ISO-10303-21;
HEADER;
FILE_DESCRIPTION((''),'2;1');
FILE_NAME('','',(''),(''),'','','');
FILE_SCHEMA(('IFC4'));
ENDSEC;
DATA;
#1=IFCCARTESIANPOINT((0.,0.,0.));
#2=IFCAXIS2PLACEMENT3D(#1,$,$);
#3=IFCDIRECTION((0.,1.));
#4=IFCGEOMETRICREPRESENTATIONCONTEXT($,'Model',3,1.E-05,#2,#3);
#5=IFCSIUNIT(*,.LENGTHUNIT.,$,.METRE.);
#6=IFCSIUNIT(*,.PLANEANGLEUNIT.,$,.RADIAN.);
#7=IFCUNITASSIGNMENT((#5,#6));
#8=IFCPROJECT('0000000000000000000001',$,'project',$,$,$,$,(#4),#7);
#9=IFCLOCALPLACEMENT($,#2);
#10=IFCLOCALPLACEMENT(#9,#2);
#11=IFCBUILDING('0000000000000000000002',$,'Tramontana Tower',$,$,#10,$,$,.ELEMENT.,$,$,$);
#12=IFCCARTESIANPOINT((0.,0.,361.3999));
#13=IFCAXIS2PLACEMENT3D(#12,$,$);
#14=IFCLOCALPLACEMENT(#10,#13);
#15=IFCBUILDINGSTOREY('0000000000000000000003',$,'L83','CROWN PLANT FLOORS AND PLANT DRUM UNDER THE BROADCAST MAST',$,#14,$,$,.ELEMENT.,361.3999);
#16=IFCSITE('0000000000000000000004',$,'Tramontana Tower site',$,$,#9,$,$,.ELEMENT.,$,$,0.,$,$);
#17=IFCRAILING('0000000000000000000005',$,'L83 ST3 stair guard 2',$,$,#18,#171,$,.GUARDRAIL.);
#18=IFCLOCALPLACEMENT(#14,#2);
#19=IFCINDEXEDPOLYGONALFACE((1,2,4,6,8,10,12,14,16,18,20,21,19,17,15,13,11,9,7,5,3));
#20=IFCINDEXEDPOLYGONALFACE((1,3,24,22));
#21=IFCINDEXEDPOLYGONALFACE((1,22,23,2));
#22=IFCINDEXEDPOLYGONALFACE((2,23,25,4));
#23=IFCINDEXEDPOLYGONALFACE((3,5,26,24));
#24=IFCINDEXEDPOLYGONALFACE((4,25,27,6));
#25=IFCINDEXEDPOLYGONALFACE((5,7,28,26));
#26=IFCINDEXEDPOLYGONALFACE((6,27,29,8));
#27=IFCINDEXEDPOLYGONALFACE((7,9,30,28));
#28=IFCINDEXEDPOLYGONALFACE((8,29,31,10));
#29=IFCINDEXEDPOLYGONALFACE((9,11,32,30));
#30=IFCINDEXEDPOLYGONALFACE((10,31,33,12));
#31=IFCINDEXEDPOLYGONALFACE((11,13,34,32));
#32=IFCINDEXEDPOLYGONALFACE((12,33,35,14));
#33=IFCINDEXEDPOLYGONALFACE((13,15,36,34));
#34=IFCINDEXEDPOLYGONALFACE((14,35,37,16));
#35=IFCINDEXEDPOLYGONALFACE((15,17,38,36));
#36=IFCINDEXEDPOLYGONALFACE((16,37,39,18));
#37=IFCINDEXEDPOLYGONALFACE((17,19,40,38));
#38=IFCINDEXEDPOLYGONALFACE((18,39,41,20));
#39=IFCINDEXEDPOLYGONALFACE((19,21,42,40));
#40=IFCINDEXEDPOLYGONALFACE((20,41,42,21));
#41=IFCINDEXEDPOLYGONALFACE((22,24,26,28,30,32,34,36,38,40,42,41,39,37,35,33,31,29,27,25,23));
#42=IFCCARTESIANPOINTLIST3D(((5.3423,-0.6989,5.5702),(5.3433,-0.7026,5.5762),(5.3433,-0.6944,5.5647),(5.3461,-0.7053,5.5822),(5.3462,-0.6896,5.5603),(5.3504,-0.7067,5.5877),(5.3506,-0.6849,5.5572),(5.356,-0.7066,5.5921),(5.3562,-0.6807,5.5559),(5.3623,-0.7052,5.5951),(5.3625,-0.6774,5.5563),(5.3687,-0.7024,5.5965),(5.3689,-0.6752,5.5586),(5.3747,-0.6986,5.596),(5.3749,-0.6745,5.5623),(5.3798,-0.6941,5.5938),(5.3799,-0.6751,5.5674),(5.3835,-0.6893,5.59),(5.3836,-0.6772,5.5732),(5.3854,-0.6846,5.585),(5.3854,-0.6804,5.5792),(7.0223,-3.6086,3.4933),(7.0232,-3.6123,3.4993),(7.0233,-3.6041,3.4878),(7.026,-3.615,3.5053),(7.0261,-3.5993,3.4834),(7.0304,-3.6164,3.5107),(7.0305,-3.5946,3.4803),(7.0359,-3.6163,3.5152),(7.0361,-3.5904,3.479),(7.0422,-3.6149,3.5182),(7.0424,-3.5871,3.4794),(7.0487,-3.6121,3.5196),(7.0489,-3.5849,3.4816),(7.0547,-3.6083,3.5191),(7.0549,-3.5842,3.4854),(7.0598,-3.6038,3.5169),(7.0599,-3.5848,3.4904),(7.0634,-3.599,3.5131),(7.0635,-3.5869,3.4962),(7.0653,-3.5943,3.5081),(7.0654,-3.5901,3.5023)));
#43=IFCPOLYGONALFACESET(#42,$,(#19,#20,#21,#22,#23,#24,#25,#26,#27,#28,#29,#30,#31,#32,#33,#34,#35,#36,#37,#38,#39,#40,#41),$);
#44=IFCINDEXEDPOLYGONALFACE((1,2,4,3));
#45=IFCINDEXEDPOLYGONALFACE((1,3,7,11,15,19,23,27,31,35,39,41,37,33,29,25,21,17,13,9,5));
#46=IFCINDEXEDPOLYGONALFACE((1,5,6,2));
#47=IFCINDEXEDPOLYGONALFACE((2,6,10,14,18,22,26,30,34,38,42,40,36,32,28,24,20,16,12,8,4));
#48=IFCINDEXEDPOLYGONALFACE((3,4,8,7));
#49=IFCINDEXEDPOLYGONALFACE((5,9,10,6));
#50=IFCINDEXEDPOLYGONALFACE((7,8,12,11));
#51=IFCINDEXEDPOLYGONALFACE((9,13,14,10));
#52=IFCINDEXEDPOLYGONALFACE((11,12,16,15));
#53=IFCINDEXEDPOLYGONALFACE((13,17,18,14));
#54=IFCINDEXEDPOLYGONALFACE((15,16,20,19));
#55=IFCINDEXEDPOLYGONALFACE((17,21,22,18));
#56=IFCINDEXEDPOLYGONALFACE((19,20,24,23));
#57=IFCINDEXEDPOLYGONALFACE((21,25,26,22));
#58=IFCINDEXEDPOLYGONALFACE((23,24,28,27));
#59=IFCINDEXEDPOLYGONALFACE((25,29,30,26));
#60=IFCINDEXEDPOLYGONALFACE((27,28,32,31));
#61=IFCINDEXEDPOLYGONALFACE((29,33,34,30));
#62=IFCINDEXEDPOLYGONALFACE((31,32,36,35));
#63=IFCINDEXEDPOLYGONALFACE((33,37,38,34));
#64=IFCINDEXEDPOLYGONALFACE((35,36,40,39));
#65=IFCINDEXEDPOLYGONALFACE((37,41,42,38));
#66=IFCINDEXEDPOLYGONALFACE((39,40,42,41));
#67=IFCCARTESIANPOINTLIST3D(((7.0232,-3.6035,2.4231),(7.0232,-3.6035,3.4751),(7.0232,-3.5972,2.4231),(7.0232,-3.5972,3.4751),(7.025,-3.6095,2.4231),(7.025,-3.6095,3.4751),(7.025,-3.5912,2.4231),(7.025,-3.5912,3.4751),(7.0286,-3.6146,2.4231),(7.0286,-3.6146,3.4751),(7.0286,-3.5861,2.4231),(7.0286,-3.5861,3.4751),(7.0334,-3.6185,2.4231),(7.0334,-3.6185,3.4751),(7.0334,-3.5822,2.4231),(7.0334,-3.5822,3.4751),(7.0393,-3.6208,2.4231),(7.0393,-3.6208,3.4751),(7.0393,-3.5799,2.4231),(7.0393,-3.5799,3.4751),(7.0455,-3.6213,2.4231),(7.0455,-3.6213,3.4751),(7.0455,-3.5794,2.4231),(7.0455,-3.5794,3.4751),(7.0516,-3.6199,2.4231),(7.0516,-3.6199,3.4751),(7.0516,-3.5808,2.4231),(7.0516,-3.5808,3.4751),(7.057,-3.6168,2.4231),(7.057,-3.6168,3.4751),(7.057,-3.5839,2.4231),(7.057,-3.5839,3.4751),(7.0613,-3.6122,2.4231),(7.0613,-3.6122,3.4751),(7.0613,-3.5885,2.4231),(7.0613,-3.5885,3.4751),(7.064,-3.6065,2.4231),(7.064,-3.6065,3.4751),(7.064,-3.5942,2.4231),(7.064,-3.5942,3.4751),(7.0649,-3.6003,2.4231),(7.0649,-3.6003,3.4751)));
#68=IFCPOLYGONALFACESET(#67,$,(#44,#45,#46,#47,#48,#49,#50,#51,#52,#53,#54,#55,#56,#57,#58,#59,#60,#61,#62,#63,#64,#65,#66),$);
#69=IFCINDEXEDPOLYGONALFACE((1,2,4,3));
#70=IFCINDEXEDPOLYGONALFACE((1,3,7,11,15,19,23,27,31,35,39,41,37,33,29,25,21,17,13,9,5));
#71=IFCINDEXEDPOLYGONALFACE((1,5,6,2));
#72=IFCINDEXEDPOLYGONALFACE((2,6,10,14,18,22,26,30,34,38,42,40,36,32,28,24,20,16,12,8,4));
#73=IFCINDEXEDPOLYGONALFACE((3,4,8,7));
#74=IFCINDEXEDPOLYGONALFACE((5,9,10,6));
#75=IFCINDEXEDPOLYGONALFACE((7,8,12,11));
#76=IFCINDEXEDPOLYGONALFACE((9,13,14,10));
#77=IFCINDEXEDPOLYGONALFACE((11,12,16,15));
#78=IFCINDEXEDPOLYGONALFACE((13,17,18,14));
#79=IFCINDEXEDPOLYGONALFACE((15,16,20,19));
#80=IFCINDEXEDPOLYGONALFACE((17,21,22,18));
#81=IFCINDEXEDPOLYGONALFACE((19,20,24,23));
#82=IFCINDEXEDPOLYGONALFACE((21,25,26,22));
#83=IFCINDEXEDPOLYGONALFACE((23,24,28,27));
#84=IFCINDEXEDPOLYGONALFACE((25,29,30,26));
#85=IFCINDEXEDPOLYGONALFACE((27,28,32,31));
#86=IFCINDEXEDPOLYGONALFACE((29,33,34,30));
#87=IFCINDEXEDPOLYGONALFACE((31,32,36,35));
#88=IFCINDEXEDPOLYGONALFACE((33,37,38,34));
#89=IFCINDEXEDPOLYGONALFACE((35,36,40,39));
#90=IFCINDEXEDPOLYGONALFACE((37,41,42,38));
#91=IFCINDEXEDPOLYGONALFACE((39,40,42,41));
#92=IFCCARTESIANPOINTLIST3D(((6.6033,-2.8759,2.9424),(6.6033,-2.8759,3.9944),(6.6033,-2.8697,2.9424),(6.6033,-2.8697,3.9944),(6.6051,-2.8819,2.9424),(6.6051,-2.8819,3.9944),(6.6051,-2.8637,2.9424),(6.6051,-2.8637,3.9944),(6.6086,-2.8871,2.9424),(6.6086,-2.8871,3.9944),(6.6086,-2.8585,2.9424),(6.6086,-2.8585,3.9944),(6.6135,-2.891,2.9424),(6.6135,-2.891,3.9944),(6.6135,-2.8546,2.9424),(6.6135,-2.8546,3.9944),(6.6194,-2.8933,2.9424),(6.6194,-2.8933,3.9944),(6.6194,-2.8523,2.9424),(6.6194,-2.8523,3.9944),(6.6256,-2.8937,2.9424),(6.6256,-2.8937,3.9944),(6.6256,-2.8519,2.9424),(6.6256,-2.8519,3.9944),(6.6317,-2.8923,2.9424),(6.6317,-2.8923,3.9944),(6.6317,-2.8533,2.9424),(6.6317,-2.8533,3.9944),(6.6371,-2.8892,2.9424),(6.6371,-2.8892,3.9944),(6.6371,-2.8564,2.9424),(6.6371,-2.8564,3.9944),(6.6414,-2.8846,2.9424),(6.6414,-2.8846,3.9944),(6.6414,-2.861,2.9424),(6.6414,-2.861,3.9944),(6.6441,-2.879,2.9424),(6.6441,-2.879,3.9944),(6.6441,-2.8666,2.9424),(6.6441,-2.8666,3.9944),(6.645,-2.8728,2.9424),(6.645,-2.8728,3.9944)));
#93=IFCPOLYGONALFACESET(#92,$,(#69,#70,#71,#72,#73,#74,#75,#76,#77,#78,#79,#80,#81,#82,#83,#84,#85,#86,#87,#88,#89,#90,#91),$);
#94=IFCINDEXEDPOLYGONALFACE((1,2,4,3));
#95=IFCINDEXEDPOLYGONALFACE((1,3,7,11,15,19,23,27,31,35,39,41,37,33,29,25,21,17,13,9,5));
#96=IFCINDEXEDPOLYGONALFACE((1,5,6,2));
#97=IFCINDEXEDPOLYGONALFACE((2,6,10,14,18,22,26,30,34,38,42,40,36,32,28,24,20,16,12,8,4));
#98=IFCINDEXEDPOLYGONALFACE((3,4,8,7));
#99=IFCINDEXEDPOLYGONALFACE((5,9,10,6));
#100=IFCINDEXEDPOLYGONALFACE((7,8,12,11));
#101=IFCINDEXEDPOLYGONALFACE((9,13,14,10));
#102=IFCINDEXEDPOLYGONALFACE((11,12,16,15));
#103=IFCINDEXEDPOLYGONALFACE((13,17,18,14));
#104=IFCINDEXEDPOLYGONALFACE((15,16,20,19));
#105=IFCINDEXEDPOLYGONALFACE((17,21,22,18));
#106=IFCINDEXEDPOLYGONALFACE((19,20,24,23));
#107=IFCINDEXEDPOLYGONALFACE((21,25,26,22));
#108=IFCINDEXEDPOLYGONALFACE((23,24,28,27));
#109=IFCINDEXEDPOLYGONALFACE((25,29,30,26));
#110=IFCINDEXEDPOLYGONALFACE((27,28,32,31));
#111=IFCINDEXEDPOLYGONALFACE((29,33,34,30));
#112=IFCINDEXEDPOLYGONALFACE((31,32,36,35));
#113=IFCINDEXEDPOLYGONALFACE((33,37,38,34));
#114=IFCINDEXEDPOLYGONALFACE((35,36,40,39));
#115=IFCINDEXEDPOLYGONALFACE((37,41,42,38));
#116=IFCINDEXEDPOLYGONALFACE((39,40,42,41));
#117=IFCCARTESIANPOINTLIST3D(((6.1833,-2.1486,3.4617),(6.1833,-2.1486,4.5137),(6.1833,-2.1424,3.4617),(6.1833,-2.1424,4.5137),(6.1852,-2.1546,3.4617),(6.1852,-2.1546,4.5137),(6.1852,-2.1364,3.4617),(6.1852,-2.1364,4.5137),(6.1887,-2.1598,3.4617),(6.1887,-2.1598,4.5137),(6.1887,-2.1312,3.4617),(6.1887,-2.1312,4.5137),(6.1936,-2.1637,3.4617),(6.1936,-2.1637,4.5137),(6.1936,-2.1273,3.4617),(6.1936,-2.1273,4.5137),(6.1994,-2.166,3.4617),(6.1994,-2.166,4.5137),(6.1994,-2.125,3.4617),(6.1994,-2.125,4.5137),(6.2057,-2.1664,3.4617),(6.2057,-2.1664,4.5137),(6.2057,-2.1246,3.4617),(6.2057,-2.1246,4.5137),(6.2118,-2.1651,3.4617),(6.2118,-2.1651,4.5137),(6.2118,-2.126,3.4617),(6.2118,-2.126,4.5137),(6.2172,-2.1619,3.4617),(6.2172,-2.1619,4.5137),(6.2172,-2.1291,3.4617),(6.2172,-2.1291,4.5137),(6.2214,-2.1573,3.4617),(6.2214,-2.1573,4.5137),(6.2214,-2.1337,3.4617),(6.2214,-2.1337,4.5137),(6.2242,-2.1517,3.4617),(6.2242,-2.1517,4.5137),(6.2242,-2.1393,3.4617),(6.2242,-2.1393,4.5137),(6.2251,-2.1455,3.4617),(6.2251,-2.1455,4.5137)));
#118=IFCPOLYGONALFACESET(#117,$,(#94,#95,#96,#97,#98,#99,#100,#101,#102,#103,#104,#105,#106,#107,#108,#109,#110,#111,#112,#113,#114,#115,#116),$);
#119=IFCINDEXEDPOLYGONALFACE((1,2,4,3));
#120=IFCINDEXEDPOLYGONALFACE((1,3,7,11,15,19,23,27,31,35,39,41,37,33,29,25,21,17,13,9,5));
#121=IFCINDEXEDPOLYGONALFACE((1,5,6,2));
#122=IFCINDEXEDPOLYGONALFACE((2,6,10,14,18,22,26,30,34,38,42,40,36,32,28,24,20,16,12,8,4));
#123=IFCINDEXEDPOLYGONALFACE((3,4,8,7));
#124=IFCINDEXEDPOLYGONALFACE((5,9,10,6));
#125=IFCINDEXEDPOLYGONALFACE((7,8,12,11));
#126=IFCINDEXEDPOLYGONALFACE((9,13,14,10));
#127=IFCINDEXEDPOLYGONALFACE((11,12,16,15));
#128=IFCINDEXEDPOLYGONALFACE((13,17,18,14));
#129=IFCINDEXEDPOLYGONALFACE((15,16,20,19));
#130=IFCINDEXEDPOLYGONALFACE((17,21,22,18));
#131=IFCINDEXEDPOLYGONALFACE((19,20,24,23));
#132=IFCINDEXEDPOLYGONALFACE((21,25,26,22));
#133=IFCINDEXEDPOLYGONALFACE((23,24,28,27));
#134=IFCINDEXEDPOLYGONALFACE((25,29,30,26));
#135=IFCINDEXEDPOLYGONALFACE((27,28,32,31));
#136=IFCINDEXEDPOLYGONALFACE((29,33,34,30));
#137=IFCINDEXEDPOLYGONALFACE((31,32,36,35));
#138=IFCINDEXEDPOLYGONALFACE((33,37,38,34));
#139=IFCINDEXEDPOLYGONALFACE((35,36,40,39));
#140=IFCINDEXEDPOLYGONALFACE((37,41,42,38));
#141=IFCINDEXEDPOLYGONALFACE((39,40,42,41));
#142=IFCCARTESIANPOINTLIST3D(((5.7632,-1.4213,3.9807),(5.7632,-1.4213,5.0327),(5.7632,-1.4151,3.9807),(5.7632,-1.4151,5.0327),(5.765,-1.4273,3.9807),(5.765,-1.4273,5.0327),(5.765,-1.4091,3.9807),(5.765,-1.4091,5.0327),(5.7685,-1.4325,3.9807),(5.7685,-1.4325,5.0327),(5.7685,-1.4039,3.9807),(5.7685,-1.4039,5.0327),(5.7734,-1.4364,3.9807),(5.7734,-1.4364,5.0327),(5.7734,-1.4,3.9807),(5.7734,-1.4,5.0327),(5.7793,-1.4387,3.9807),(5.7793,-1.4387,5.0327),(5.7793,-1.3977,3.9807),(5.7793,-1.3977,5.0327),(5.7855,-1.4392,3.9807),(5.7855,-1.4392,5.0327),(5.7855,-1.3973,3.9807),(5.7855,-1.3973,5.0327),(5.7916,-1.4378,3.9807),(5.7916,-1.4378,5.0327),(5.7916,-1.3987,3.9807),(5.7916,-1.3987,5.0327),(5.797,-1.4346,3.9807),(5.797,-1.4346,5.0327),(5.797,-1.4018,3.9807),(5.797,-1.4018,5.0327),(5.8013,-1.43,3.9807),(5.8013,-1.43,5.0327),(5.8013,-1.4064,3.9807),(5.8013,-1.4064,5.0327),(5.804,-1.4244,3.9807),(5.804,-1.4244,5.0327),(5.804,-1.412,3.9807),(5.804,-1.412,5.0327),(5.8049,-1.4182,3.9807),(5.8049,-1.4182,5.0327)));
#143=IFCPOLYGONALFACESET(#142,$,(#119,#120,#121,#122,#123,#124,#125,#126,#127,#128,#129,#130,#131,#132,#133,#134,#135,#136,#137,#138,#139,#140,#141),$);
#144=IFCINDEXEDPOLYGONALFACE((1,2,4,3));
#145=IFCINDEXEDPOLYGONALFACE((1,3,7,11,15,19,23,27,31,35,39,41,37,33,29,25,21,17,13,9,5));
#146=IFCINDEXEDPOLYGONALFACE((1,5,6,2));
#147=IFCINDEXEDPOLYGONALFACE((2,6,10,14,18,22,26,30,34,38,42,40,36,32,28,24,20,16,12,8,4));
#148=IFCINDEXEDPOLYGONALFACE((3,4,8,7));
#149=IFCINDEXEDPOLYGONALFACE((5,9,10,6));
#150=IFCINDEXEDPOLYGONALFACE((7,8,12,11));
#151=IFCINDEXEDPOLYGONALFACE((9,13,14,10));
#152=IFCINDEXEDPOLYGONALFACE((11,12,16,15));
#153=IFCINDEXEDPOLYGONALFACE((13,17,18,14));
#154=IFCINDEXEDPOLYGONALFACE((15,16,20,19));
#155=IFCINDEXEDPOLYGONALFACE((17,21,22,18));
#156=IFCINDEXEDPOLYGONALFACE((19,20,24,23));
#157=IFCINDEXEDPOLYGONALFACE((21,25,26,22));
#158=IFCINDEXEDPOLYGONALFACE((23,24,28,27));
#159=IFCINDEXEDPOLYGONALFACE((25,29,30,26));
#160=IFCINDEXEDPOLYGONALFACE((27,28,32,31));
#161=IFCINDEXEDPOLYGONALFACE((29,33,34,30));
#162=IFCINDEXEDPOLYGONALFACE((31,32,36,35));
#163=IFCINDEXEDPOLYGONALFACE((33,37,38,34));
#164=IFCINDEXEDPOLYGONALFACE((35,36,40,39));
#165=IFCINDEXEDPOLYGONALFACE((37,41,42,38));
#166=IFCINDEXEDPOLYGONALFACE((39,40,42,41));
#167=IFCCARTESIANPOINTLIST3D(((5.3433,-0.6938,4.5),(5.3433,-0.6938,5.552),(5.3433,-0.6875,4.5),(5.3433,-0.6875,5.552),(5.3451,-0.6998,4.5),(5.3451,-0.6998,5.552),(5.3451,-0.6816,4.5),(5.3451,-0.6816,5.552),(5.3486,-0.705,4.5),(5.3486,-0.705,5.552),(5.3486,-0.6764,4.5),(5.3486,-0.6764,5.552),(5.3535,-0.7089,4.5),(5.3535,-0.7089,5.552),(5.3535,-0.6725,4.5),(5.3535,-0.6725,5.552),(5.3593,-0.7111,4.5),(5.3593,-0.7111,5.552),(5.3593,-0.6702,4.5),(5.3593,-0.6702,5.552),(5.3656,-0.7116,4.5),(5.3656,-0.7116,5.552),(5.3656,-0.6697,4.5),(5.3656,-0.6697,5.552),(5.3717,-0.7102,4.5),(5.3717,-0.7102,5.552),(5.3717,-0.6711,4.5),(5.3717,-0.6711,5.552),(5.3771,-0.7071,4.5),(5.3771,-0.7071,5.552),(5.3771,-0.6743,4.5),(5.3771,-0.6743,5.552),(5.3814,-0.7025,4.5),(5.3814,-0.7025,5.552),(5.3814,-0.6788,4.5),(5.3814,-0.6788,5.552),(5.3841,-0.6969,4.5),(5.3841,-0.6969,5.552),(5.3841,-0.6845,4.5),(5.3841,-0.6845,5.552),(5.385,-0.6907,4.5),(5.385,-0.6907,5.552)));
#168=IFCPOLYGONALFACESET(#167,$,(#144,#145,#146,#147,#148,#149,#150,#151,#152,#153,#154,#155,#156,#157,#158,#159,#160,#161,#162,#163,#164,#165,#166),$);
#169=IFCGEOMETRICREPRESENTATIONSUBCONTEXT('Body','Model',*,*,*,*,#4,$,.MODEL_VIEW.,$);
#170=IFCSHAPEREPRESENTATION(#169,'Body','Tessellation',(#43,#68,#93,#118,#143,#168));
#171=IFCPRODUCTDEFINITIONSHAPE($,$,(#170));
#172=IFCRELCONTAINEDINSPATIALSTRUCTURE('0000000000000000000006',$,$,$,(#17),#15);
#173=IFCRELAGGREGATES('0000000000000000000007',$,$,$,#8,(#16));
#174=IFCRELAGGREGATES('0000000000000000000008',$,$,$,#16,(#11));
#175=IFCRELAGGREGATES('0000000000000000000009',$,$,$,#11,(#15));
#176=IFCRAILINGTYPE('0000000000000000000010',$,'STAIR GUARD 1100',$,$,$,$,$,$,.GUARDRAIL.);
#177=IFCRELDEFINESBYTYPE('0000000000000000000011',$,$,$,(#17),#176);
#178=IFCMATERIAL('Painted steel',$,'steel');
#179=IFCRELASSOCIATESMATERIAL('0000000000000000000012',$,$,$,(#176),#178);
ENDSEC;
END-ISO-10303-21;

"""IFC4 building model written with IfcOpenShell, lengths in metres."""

from ifc_helpers import new_model, si_unit, direction, frame, origin, origin_2d, place, context, subcontext, project, spatial, circle, extrude, material, type_object, element, save


model = new_model("IFC4")

# Units and contexts
model_context = context("Model", 3, precision=1e-05, world=origin(), true_north=direction((0.0, 1.0)))
body_context = subcontext(model_context, "Body", "Model", "MODEL_VIEW")
ifc_project = project(units=[si_unit("LENGTHUNIT", "METRE"), si_unit("PLANEANGLEUNIT", "RADIAN")], contexts=[model_context])

# Site, building, storey
site_placement = place(None, origin())
site = spatial("IfcSite", under=ifc_project, at=site_placement, Name="Tramontana Tower site", CompositionType="ELEMENT", RefElevation=0.0)
building_placement = place(site_placement, origin())
building = spatial("IfcBuilding", under=site, at=building_placement, Name="Tramontana Tower", CompositionType="ELEMENT")
storey_placement = place(building_placement, frame((0.0, 0.0, 361.3999)))
storey = spatial("IfcBuildingStorey", under=building, at=storey_placement, Name="L83", Description="CROWN PLANT FLOORS AND PLANT DRUM UNDER THE BROADCAST MAST", CompositionType="ELEMENT", Elevation=361.3999)

# Railing
ifc_material_1 = material(Name="Painted steel", Category="steel")
railing_type_1 = type_object("IfcRailingType", Name="STAIR GUARD 1100", PredefinedType="GUARDRAIL", material=ifc_material_1)
railing_1_placement = place(storey_placement, frame((7.0439, -3.6003, 2.4231)))
element("IfcRailing", 1, at=railing_1_placement, inside=storey, type_object=railing_type_1, Name="L83 ST3 stair guard 2", PredefinedType="GUARDRAIL", context=body_context, shape_type="SweptSolid", body=[
    extrude(circle(Radius=0.0239, at=origin_2d()), frame((0.0, 0.0, 1.0762), z_axis=(-0.425308, 0.73664, 0.525809), x_axis=(-0.866021, -0.500008, 0.0)), (0.0, 0.0, 1.0), 3.95),
    extrude(circle(Radius=0.021, at=origin_2d()), origin(), (0.0, 0.0, 1.0), 1.052),
    extrude(circle(Radius=0.021, at=origin_2d()), frame((-0.4199, 0.7275, 0.5193)), (0.0, 0.0, 1.0), 1.052),
    extrude(circle(Radius=0.021, at=origin_2d()), frame((-0.8398, 1.4548, 1.0386)), (0.0, 0.0, 1.0), 1.052),
    extrude(circle(Radius=0.021, at=origin_2d()), frame((-1.26, 2.1821, 1.5576)), (0.0, 0.0, 1.0), 1.052),
    extrude(circle(Radius=0.021, at=origin_2d()), frame((-1.6799, 2.9097, 2.0769)), (0.0, 0.0, 1.0), 1.052),
])

save(model, "model.ifc")
